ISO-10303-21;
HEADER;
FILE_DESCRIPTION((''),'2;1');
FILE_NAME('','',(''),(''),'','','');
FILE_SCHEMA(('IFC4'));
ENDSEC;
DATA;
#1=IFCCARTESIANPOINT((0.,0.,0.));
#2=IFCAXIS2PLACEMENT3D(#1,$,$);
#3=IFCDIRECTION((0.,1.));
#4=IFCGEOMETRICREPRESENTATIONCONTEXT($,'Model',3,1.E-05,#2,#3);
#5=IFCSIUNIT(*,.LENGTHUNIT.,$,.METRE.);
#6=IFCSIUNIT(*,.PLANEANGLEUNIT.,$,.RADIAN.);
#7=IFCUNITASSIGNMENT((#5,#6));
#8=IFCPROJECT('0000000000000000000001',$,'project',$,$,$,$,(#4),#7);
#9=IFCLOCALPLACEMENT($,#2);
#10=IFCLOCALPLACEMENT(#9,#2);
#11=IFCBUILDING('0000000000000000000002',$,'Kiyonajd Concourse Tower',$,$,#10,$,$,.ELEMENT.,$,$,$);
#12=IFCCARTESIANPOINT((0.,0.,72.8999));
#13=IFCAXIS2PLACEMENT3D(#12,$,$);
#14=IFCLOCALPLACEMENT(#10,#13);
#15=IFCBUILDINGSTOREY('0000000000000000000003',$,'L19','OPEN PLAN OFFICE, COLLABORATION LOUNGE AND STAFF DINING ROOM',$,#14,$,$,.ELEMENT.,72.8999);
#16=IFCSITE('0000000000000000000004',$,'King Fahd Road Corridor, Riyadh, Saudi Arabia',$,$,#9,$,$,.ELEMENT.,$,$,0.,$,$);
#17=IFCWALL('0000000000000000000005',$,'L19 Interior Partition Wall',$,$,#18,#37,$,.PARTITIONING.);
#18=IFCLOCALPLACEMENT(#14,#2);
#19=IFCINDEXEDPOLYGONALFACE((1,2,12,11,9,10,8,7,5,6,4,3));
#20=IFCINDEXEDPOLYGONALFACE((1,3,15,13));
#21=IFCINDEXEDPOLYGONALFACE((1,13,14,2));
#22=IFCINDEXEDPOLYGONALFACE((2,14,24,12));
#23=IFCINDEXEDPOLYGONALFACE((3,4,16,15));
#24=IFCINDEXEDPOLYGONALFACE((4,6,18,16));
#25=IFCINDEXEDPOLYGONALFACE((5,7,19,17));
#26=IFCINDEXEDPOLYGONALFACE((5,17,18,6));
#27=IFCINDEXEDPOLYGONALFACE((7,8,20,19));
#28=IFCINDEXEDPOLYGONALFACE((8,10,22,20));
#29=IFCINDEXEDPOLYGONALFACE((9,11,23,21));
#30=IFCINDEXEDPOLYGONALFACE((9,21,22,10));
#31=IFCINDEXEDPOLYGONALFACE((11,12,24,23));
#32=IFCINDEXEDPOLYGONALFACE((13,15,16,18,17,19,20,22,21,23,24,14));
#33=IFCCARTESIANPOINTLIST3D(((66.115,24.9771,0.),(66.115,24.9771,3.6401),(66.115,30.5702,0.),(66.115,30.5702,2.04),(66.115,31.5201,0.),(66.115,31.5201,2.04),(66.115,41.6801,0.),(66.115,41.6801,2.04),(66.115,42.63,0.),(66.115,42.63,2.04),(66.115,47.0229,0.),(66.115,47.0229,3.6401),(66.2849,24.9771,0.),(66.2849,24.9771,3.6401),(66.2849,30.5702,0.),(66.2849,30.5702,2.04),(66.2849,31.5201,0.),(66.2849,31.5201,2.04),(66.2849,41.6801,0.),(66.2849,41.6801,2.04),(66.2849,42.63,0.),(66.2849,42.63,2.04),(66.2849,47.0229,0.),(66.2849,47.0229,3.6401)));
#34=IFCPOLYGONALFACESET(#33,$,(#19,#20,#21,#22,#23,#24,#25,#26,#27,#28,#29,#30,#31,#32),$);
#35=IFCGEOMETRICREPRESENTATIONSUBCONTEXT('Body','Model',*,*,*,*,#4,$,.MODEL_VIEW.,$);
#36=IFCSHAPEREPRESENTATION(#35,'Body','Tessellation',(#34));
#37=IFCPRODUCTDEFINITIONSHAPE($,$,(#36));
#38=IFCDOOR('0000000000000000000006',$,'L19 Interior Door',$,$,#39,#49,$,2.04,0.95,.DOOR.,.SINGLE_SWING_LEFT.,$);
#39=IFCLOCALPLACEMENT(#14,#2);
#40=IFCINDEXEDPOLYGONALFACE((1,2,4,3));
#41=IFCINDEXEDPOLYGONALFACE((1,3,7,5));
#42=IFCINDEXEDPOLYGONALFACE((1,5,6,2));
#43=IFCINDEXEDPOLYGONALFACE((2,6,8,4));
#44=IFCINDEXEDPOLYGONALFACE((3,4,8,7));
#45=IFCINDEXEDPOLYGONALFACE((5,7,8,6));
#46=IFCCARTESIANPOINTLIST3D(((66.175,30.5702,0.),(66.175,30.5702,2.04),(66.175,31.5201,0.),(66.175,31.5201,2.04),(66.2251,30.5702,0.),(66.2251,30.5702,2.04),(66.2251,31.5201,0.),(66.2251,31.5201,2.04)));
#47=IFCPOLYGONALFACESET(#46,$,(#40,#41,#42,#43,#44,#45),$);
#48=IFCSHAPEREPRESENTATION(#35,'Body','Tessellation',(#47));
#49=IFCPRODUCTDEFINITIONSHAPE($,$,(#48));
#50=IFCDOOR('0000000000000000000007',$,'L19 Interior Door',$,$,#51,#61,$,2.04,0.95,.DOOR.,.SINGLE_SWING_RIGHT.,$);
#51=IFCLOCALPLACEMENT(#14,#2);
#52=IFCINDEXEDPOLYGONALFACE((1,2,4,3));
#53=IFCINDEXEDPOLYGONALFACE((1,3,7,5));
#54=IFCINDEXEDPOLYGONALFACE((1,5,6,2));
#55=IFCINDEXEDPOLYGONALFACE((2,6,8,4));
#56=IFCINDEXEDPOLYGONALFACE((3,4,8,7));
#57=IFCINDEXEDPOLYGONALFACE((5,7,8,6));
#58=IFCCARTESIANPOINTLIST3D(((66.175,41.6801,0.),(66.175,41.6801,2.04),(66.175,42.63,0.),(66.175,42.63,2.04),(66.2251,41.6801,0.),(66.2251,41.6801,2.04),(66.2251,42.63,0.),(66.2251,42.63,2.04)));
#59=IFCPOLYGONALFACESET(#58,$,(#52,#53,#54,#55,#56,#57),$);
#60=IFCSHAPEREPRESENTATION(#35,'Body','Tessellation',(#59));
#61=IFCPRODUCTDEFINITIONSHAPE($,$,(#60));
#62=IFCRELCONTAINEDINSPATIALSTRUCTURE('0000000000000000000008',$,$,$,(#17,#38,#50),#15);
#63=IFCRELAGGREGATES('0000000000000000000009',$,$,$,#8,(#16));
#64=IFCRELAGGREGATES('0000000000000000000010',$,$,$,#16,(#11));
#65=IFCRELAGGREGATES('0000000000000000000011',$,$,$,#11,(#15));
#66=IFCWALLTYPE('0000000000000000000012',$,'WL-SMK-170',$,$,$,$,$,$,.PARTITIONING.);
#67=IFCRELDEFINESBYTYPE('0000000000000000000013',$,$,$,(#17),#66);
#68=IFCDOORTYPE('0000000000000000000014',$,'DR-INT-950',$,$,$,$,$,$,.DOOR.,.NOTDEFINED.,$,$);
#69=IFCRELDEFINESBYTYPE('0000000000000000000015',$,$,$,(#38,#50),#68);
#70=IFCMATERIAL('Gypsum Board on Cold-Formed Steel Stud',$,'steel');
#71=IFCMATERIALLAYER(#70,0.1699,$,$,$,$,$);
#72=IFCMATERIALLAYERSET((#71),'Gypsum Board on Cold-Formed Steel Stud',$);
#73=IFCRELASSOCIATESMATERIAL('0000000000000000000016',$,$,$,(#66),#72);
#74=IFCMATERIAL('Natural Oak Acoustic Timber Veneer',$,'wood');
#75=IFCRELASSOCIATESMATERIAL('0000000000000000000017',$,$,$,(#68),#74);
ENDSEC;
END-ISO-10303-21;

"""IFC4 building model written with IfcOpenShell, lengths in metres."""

from ifc_helpers import new_model, si_unit, direction, frame, frame_2d, origin, place, context, subcontext, project, spatial, rectangle, extrude, material, layer, layer_set, type_object, element, fill, save


model = new_model("IFC4")

# Units and contexts
model_context = context("Model", 3, precision=1e-05, world=origin(), true_north=direction((0.0, 1.0)))
body_context = subcontext(model_context, "Body", "Model", "MODEL_VIEW")
ifc_project = project(units=[si_unit("LENGTHUNIT", "METRE"), si_unit("PLANEANGLEUNIT", "RADIAN")], contexts=[model_context])

# Site, building, storey
site_placement = place(None, origin())
site = spatial("IfcSite", under=ifc_project, at=site_placement, Name="King Fahd Road Corridor, Riyadh, Saudi Arabia", CompositionType="ELEMENT", RefElevation=0.0)
building_placement = place(site_placement, origin())
building = spatial("IfcBuilding", under=site, at=building_placement, Name="Kiyonajd Concourse Tower", CompositionType="ELEMENT")
storey_placement = place(building_placement, frame((0.0, 0.0, 72.8999)))
storey = spatial("IfcBuildingStorey", under=building, at=storey_placement, Name="L19", Description="OPEN PLAN OFFICE, COLLABORATION LOUNGE AND STAFF DINING ROOM", CompositionType="ELEMENT", Elevation=72.8999)

# Wall, openings, doors
ifc_material_1 = material(Name="Gypsum Board on Cold-Formed Steel Stud", Category="steel")
ifc_layer_1 = layer(ifc_material_1, 0.1699)
ifc_layer_set_1 = layer_set([ifc_layer_1], Name="Gypsum Board on Cold-Formed Steel Stud")
wall_type = type_object("IfcWallType", Name="WL-SMK-170", PredefinedType="PARTITIONING", material=ifc_layer_set_1)
wall_placement = place(storey_placement, frame((66.2, 24.9771, 0.0), z_axis=(0.0, 0.0, 1.0), x_axis=(0.0, 1.0, 0.0)))
wall = element("IfcWall", 1, at=wall_placement, inside=storey, type_object=wall_type, Name="L19 Interior Partition Wall", PredefinedType="PARTITIONING", context=body_context, shape_type="SweptSolid", body=[
    extrude(rectangle(XDim=22.0459, YDim=0.1699, at=frame_2d((11.0229, 0.0))), origin(), (0.0, 0.0, 1.0), 3.6401),
])
opening_1_placement = place(wall_placement, frame((5.593, 0.0, 0.0)))
opening_1 = element("IfcOpeningElement", 2, at=opening_1_placement, cuts=wall, PredefinedType="OPENING", context=body_context, shape_type="SweptSolid", body=[
    extrude(rectangle(XDim=0.95, YDim=2.04, at=frame_2d((0.4751, 1.02))), frame((0.0, 0.095, 0.0), z_axis=(0.0, -1.0, 0.0), x_axis=(1.0, 0.0, 0.0)), (0.0, 0.0, 1.0), 0.1899),
])
opening_2_placement = place(wall_placement, frame((16.7029, 0.0, 0.0)))
opening_2 = element("IfcOpeningElement", 3, at=opening_2_placement, cuts=wall, PredefinedType="OPENING", context=body_context, shape_type="SweptSolid", body=[
    extrude(rectangle(XDim=0.95, YDim=2.04, at=frame_2d((0.4751, 1.02))), frame((0.0, 0.095, 0.0), z_axis=(0.0, -1.0, 0.0), x_axis=(1.0, 0.0, 0.0)), (0.0, 0.0, 1.0), 0.1899),
])
ifc_material_2 = material(Name="Natural Oak Acoustic Timber Veneer", Category="wood")
door_type = type_object("IfcDoorType", Name="DR-INT-950", OperationType="NOTDEFINED", PredefinedType="DOOR", material=ifc_material_2)
door_1_placement = place(opening_1_placement, origin())
door_1 = element("IfcDoor", 4, at=door_1_placement, inside=storey, type_object=door_type, Name="L19 Interior Door", OperationType="SINGLE_SWING_LEFT", OverallHeight=2.04, OverallWidth=0.95, PredefinedType="DOOR", context=body_context, shape_type="SweptSolid", body=[
    extrude(rectangle(XDim=0.95, YDim=2.04, at=frame_2d((0.4751, 1.02))), frame((0.0, 0.0249, 0.0), z_axis=(0.0, -1.0, 0.0), x_axis=(1.0, 0.0, 0.0)), (0.0, 0.0, 1.0), 0.05),
])
fill(opening_1, door_1)
door_2_placement = place(opening_2_placement, origin())
door_2 = element("IfcDoor", 5, at=door_2_placement, inside=storey, type_object=door_type, Name="L19 Interior Door", OperationType="SINGLE_SWING_RIGHT", OverallHeight=2.04, OverallWidth=0.95, PredefinedType="DOOR", context=body_context, shape_type="SweptSolid", body=[
    extrude(rectangle(XDim=0.95, YDim=2.04, at=frame_2d((0.4751, 1.02))), frame((0.0, 0.0249, 0.0), z_axis=(0.0, -1.0, 0.0), x_axis=(1.0, 0.0, 0.0)), (0.0, 0.0, 1.0), 0.05),
])
fill(opening_2, door_2)

save(model, "model.ifc")
